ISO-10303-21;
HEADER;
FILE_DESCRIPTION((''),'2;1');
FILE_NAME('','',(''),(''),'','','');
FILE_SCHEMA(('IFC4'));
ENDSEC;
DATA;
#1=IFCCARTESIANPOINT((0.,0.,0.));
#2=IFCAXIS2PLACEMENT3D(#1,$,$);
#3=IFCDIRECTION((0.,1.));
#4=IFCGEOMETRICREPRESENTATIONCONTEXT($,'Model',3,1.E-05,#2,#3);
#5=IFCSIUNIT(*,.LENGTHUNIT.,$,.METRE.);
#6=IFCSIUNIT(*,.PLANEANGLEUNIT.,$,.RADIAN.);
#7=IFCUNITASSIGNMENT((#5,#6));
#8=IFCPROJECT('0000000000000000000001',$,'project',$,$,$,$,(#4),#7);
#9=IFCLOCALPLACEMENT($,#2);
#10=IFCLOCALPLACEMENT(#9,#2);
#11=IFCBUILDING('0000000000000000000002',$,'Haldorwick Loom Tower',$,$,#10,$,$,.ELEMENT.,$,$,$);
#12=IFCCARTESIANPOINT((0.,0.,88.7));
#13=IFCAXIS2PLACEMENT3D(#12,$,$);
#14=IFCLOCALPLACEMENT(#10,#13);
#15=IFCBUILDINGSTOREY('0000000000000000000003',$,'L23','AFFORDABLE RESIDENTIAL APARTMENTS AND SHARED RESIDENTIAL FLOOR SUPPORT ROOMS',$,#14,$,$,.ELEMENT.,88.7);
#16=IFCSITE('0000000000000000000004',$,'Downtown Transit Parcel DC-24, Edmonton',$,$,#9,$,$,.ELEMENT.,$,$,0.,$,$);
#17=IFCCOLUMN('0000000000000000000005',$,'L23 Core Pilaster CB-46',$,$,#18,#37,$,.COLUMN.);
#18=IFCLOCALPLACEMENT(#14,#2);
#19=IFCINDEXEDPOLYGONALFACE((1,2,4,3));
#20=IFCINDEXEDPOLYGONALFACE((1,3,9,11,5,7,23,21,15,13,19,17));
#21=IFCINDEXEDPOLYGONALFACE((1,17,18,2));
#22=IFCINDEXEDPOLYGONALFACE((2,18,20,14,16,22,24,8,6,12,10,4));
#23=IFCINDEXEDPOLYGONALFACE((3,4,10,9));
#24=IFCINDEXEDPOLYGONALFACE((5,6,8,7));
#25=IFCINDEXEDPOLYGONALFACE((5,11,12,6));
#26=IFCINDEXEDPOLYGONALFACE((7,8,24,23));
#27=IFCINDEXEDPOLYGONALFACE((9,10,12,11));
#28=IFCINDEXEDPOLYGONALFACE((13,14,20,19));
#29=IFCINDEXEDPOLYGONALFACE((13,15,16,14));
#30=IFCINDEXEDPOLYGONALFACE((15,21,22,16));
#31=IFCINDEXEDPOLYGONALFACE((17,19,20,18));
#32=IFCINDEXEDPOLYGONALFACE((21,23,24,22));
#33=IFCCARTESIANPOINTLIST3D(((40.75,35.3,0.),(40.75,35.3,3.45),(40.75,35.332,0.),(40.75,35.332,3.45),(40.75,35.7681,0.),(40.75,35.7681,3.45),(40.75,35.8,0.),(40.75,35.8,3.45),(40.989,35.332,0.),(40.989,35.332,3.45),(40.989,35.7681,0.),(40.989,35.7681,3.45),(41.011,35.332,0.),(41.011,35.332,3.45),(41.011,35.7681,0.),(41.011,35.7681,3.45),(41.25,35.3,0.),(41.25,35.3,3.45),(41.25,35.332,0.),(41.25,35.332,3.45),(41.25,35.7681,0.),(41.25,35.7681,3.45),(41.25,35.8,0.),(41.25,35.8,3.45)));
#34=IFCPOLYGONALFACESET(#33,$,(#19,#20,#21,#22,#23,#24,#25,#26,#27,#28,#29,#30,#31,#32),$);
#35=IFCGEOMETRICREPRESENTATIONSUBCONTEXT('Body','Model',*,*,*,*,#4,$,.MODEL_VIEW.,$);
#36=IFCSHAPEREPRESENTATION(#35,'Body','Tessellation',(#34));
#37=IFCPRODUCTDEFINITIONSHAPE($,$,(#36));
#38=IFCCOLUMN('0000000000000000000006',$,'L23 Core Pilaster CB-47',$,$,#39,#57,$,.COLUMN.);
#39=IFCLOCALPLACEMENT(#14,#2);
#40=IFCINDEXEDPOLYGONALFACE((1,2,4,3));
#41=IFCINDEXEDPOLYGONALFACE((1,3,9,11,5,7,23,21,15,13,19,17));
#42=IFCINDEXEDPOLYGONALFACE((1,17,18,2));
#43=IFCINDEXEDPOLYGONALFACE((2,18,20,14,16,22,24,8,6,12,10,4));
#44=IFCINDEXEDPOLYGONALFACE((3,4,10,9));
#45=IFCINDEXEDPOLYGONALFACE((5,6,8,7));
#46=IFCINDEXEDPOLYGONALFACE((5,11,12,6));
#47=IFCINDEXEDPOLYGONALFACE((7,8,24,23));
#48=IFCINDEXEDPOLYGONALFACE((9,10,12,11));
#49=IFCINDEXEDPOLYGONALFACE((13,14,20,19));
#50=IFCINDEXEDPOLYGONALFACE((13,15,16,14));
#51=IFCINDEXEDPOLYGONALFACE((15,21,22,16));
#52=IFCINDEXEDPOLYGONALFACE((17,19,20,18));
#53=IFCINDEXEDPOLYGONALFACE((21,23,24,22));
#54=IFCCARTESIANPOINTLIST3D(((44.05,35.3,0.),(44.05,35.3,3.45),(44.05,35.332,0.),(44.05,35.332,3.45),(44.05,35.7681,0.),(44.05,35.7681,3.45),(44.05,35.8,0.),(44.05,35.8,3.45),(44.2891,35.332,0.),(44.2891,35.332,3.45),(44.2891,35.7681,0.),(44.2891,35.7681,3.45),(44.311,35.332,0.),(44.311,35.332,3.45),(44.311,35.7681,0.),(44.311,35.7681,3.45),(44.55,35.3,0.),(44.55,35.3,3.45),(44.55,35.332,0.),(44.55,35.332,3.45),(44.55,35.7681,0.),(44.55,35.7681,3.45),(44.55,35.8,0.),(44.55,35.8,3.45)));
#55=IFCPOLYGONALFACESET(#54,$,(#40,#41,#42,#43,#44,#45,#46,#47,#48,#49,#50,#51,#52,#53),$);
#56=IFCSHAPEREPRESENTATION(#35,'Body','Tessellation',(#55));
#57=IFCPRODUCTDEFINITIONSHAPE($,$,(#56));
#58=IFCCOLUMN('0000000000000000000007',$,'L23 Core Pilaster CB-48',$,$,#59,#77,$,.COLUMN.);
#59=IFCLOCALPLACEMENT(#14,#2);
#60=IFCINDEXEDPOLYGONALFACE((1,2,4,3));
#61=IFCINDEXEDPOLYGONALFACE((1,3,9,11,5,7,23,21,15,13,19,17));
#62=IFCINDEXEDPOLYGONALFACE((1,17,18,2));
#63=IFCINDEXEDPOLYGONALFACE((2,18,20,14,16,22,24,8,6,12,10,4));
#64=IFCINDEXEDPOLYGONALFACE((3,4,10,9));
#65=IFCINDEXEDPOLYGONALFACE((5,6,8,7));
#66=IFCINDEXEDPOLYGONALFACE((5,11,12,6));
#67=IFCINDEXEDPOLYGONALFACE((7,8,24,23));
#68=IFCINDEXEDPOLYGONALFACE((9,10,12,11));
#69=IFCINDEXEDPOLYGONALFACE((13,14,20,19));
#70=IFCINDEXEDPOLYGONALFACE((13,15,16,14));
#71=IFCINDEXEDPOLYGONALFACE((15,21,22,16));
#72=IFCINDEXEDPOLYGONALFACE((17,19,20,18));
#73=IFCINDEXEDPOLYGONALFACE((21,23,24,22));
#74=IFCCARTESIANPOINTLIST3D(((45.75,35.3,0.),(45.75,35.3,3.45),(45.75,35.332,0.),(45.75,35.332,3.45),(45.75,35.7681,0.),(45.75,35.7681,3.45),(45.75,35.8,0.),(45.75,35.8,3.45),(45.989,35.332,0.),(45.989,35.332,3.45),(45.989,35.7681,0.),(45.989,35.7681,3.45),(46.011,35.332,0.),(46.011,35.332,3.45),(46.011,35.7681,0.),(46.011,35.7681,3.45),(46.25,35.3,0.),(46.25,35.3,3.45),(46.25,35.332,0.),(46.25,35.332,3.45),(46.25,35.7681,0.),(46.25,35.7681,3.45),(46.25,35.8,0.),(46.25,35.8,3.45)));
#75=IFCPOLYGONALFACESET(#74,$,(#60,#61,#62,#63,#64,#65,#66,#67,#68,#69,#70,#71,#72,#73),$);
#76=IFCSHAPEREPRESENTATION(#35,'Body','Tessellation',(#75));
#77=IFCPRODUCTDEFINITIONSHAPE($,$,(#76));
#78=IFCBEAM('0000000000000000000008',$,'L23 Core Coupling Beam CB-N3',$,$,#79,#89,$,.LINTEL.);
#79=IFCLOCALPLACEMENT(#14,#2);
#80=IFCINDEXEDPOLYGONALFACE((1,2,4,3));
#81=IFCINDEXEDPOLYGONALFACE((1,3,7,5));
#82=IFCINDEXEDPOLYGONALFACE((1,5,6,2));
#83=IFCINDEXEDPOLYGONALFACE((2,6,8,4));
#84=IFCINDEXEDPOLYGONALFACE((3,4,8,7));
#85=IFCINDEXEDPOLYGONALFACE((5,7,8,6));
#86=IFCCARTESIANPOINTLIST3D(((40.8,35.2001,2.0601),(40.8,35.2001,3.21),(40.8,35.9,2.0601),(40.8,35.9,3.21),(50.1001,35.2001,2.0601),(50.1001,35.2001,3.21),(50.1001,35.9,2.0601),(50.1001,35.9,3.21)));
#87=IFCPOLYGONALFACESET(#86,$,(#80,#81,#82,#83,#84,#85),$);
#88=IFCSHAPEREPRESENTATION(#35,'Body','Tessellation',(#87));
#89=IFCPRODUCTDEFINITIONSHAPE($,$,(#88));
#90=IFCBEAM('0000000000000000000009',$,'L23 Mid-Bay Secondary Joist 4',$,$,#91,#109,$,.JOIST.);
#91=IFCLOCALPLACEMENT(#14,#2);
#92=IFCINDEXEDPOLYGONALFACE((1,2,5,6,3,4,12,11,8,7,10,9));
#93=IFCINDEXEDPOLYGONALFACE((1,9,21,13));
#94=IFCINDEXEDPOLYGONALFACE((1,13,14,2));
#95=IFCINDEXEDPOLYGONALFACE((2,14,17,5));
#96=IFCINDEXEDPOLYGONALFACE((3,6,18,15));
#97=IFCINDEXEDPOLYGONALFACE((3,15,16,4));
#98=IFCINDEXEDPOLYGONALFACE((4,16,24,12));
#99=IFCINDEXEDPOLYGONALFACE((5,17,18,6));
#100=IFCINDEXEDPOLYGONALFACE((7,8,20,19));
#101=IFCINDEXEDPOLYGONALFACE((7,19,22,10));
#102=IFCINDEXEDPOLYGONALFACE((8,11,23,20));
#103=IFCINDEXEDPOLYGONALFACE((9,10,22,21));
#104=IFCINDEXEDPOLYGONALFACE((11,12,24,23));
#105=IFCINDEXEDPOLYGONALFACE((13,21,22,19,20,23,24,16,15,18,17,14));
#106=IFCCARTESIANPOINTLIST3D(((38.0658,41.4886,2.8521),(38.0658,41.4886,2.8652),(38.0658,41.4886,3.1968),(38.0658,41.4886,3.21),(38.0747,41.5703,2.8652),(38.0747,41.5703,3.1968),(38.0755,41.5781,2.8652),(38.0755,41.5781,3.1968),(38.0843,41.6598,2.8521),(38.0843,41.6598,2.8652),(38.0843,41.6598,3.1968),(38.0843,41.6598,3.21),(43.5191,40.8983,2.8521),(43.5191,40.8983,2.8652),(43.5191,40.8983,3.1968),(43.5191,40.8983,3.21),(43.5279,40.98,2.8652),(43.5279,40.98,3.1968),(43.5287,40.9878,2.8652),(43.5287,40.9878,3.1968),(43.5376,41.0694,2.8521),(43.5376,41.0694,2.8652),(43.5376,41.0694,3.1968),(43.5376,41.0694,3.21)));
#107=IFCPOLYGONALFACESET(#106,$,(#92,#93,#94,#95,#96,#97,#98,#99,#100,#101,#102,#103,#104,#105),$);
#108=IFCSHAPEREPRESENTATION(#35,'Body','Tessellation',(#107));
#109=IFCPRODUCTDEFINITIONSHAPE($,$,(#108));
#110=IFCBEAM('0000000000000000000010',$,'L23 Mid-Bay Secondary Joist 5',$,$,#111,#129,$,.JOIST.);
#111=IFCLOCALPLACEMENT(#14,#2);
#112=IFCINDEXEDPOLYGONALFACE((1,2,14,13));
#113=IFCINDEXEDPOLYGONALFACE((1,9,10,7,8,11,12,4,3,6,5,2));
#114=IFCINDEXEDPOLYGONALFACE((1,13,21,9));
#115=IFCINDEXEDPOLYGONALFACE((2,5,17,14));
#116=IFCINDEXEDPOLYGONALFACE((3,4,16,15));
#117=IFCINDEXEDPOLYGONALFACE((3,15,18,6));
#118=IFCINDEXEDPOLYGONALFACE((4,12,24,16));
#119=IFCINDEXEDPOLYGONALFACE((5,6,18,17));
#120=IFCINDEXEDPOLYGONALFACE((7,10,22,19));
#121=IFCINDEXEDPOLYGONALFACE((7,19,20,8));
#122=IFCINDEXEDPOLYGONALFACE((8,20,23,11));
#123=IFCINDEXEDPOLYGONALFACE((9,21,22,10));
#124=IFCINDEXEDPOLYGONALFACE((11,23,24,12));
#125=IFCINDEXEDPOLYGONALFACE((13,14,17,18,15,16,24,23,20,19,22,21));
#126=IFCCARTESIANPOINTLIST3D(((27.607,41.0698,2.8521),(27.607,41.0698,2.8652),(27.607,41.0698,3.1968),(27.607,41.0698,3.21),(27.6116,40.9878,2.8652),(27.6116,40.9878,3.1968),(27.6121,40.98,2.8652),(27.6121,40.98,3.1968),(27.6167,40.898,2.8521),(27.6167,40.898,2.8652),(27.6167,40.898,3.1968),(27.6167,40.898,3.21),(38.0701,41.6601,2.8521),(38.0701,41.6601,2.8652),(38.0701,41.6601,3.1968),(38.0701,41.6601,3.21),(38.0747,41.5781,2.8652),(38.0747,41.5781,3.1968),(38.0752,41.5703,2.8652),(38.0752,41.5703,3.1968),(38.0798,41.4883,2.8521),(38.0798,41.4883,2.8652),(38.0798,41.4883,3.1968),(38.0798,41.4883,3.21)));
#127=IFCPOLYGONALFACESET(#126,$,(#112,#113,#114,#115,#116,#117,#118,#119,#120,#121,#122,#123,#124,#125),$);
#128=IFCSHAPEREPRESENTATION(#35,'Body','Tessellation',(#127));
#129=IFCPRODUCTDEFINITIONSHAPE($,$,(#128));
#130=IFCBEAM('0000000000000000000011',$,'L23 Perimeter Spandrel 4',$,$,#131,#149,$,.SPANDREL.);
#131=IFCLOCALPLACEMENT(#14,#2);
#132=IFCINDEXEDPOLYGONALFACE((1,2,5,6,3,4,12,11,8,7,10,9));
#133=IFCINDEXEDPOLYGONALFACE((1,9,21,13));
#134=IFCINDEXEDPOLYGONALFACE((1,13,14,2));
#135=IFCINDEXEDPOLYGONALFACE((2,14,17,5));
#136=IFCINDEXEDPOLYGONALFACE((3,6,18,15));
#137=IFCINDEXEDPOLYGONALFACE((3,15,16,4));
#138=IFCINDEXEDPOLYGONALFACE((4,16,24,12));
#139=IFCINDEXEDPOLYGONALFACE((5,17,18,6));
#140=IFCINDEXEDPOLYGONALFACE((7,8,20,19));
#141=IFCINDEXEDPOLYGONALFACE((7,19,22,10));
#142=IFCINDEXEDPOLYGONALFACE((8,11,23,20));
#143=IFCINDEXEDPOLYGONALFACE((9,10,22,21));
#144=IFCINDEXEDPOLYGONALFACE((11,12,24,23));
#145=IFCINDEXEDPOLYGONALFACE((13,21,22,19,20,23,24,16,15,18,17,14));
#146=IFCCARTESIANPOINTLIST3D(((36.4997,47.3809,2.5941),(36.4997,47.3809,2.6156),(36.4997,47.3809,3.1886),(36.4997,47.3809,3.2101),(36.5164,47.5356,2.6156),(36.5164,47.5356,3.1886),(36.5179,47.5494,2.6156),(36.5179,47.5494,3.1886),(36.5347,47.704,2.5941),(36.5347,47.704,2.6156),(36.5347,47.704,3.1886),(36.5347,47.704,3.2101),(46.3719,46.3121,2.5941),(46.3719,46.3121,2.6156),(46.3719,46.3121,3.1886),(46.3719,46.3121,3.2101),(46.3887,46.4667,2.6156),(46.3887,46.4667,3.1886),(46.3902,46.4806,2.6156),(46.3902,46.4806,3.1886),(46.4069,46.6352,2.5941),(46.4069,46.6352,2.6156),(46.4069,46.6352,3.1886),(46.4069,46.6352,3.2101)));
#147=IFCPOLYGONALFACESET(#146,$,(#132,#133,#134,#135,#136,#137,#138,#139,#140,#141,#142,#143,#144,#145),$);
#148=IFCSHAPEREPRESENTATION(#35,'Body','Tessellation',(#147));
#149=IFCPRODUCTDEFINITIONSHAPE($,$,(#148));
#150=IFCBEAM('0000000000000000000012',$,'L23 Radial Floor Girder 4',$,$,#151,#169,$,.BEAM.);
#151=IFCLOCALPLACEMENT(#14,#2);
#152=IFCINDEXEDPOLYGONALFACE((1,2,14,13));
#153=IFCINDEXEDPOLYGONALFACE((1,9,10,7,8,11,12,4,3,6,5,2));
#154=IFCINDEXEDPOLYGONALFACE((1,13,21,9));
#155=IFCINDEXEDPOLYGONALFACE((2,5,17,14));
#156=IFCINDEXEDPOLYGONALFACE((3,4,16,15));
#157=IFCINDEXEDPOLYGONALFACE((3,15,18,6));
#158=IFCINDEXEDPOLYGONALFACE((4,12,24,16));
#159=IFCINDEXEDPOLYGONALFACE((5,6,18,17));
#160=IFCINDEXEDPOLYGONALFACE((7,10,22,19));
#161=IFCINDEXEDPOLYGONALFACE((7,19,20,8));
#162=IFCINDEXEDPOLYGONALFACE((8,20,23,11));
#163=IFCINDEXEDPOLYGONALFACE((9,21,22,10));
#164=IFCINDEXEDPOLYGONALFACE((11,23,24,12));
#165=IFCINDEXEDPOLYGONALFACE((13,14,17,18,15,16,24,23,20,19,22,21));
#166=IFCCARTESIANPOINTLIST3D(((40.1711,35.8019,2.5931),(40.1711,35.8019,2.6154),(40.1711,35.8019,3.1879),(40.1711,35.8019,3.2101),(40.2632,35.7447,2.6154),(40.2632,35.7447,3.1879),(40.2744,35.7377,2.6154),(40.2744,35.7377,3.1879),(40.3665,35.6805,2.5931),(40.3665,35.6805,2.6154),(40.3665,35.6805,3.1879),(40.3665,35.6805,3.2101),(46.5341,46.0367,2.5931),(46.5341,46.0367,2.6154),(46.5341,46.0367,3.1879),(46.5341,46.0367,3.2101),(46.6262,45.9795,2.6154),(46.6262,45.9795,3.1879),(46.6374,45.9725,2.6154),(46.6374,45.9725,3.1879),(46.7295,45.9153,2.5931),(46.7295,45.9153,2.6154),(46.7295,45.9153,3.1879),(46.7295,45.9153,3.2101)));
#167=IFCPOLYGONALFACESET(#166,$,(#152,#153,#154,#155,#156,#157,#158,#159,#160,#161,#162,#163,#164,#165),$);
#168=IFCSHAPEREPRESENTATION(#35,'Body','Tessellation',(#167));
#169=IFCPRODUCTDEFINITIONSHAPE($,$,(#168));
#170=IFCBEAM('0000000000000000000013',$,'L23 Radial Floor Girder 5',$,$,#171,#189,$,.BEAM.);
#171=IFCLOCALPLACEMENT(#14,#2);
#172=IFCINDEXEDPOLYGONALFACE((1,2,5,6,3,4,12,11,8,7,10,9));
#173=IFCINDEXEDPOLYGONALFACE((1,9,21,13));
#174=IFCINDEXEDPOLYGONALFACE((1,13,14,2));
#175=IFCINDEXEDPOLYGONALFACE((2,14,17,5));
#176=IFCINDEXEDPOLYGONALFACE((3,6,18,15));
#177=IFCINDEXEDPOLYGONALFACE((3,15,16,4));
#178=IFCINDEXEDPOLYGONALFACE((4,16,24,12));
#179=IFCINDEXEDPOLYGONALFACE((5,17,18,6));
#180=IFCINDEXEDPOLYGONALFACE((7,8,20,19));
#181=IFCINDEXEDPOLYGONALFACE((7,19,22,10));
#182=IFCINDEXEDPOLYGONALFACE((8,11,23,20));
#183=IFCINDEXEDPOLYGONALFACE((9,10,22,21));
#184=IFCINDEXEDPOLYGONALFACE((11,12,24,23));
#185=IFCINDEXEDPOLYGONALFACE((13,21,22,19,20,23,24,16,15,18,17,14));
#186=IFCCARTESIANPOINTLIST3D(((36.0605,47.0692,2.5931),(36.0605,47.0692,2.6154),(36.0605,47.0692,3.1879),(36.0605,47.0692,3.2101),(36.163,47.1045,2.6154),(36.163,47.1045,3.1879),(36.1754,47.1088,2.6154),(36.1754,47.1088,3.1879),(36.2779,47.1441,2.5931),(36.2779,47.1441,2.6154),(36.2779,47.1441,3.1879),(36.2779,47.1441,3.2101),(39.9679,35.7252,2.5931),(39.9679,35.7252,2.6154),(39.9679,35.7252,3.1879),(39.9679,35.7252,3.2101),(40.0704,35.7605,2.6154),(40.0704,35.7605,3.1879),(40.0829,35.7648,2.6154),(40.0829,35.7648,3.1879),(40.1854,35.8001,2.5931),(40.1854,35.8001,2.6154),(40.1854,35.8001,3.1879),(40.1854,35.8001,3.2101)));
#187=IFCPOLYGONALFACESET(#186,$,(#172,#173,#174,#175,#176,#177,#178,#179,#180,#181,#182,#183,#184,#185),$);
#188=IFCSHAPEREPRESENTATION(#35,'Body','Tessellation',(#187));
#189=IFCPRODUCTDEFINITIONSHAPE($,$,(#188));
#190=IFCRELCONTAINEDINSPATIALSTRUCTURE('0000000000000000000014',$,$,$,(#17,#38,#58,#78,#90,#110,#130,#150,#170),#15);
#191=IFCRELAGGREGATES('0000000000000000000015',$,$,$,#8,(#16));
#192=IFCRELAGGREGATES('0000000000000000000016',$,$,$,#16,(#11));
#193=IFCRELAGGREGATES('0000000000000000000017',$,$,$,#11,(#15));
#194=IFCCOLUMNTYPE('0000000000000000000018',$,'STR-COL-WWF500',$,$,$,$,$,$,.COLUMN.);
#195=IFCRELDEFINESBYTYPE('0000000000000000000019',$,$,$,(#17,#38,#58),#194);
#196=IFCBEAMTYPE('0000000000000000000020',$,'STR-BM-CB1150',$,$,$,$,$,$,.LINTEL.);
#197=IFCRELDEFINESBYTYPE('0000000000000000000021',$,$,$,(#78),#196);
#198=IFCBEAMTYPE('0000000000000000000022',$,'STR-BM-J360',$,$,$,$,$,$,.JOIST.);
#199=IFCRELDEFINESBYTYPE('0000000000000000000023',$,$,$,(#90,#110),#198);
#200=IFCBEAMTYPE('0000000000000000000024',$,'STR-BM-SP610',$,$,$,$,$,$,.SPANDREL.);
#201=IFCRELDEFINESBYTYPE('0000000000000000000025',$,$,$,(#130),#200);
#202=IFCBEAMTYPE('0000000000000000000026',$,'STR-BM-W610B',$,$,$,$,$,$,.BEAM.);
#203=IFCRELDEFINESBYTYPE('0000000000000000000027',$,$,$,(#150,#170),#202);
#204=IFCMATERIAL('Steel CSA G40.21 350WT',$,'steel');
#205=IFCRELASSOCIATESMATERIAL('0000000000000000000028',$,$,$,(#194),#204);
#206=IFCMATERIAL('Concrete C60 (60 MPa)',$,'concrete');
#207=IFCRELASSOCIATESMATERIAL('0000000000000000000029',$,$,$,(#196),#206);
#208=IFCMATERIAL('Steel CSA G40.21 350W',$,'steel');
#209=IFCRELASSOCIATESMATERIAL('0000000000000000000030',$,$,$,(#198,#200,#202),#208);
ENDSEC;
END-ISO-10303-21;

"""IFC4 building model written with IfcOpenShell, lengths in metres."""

from ifc_helpers import new_model, si_unit, direction, frame, origin, origin_2d, place, context, subcontext, project, spatial, rectangle, i_section, extrude, material, material_profile, profile_set, type_object, element, save


model = new_model("IFC4")

# Units and contexts
model_context = context("Model", 3, precision=1e-05, world=origin(), true_north=direction((0.0, 1.0)))
body_context = subcontext(model_context, "Body", "Model", "MODEL_VIEW")
ifc_project = project(units=[si_unit("LENGTHUNIT", "METRE"), si_unit("PLANEANGLEUNIT", "RADIAN")], contexts=[model_context])

# Site, building, storey
site_placement = place(None, origin())
site = spatial("IfcSite", under=ifc_project, at=site_placement, Name="Downtown Transit Parcel DC-24, Edmonton", CompositionType="ELEMENT", RefElevation=0.0)
building_placement = place(site_placement, origin())
building = spatial("IfcBuilding", under=site, at=building_placement, Name="Haldorwick Loom Tower", CompositionType="ELEMENT")
storey_placement = place(building_placement, frame((0.0, 0.0, 88.7)))
storey = spatial("IfcBuildingStorey", under=building, at=storey_placement, Name="L23", Description="AFFORDABLE RESIDENTIAL APARTMENTS AND SHARED RESIDENTIAL FLOOR SUPPORT ROOMS", CompositionType="ELEMENT", Elevation=88.7)

# Columns
ifc_material_1 = material(Name="Concrete C60 (60 MPa)", Category="concrete")
ifc_material_2 = material(Name="Steel CSA G40.21 350WT", Category="steel")
ifc_material_profile_1 = material_profile(ifc_material_2, i_section(OverallWidth=0.5, OverallDepth=0.5, WebThickness=0.022, FlangeThickness=0.032, at=origin_2d()), Name="WWF500X500", Category="steel")
ifc_profile_set_1 = profile_set([ifc_material_profile_1], Name="Steel CSA G40.21 350WT")
column_type_1 = type_object("IfcColumnType", Name="STR-COL-WWF500", PredefinedType="COLUMN", material=ifc_profile_set_1)
for number, where, z_axis, x_axis, name in (
    (1, (41.0, 35.55, 0.0), (0.0, 0.0, 1.0), (1.0, 0.0, 0.0), "L23 Core Pilaster CB-46"),
    (2, (44.3, 35.55, 0.0), (0.0, 0.0, 1.0), (1.0, 0.0, 0.0), "L23 Core Pilaster CB-47"),
    (3, (46.0, 35.55, 0.0), (0.0, 0.0, 1.0), (1.0, 0.0, 0.0), "L23 Core Pilaster CB-48"),
):
    element("IfcColumn", number, at=place(storey_placement, frame(where, z_axis=z_axis, x_axis=x_axis)), inside=storey, type_object=column_type_1, Name=name, PredefinedType="COLUMN", context=body_context, shape_type="SweptSolid", body=[
        extrude(i_section(OverallWidth=0.5, OverallDepth=0.5, WebThickness=0.022, FlangeThickness=0.032, at=origin_2d()), origin(), (0.0, 0.0, 1.0), 3.45),
    ])

# Beams
ifc_material_profile_2 = material_profile(ifc_material_1, rectangle(XDim=0.7, YDim=1.1499, at=origin_2d()), Name="RC700X1150", Category="concrete")
ifc_profile_set_2 = profile_set([ifc_material_profile_2], Name="Concrete C60 (60 MPa)")
beam_type_1 = type_object("IfcBeamType", Name="STR-BM-CB1150", PredefinedType="LINTEL", material=ifc_profile_set_2)
beam_1_placement = place(storey_placement, frame((40.8, 35.55, 2.635), z_axis=(1.0, 0.0, 0.0), x_axis=(0.0, 1.0, 0.0)))
element("IfcBeam", 4, at=beam_1_placement, inside=storey, type_object=beam_type_1, Name="L23 Core Coupling Beam CB-N3", PredefinedType="LINTEL", context=body_context, shape_type="SweptSolid", body=[
    extrude(rectangle(XDim=0.7, YDim=1.1499, at=origin_2d()), origin(), (0.0, 0.0, 1.0), 9.3),
])
ifc_material_3 = material(Name="Steel CSA G40.21 350W", Category="steel")
ifc_material_profile_3 = material_profile(ifc_material_3, i_section(OverallWidth=0.1721, OverallDepth=0.3579, WebThickness=0.0078, FlangeThickness=0.0132, at=origin_2d()), Name="W360X57", Category="steel")
ifc_profile_set_3 = profile_set([ifc_material_profile_3], Name="Steel CSA G40.21 350W")
beam_type_2 = type_object("IfcBeamType", Name="STR-BM-J360", PredefinedType="JOIST", material=ifc_profile_set_3)
beam_2_placement = place(storey_placement, frame((43.5283, 40.9839, 3.031), z_axis=(-0.994192, 0.107622, 0.0), x_axis=(-0.107622, -0.994192, 0.0)))
element("IfcBeam", 5, at=beam_2_placement, inside=storey, type_object=beam_type_2, Name="L23 Mid-Bay Secondary Joist 4", PredefinedType="JOIST", context=body_context, shape_type="SweptSolid", body=[
    extrude(i_section(OverallWidth=0.1721, OverallDepth=0.3579, WebThickness=0.0078, FlangeThickness=0.0132, at=origin_2d()), origin(), (0.0, 0.0, 1.0), 5.4851),
])
beam_3_placement = place(storey_placement, frame((38.075, 41.5742, 3.031), z_axis=(-0.998412, -0.056331, 0.0), x_axis=(0.056331, -0.998412, 0.0)))
element("IfcBeam", 6, at=beam_3_placement, inside=storey, type_object=beam_type_2, Name="L23 Mid-Bay Secondary Joist 5", PredefinedType="JOIST", context=body_context, shape_type="SweptSolid", body=[
    extrude(i_section(OverallWidth=0.1721, OverallDepth=0.3579, WebThickness=0.0078, FlangeThickness=0.0132, at=origin_2d()), origin(), (0.0, 0.0, 1.0), 10.4797),
])
ifc_material_profile_4 = material_profile(ifc_material_3, i_section(OverallWidth=0.325, OverallDepth=0.616, WebThickness=0.0139, FlangeThickness=0.0215, at=origin_2d()), Name="W610X174", Category="steel")
ifc_profile_set_4 = profile_set([ifc_material_profile_4], Name="Steel CSA G40.21 350W")
beam_type_3 = type_object("IfcBeamType", Name="STR-BM-SP610", PredefinedType="SPANDREL", material=ifc_profile_set_4)
beam_4_placement = place(storey_placement, frame((46.3894, 46.4736, 2.9021), z_axis=(-0.99419, 0.107638, 0.0), x_axis=(-0.107638, -0.99419, 0.0)))
element("IfcBeam", 7, at=beam_4_placement, inside=storey, type_object=beam_type_3, Name="L23 Perimeter Spandrel 4", PredefinedType="SPANDREL", context=body_context, shape_type="SweptSolid", body=[
    extrude(i_section(OverallWidth=0.325, OverallDepth=0.616, WebThickness=0.0139, FlangeThickness=0.0215, at=origin_2d()), origin(), (0.0, 0.0, 1.0), 9.9299),
])
ifc_material_profile_5 = material_profile(ifc_material_3, i_section(OverallWidth=0.23, OverallDepth=0.6169, WebThickness=0.0132, FlangeThickness=0.0222, at=origin_2d()), Name="W610X140", Category="steel")
ifc_profile_set_5 = profile_set([ifc_material_profile_5], Name="Steel CSA G40.21 350W")
beam_type_4 = type_object("IfcBeamType", Name="STR-BM-W610B", PredefinedType="BEAM", material=ifc_profile_set_5)
beam_5_placement = place(storey_placement, frame((40.2688, 35.7412, 2.9016), z_axis=(0.527983, 0.849255, 0.0), x_axis=(-0.849255, 0.527983, 0.0)))
element("IfcBeam", 8, at=beam_5_placement, inside=storey, type_object=beam_type_4, Name="L23 Radial Floor Girder 4", PredefinedType="BEAM", context=body_context, shape_type="SweptSolid", body=[
    extrude(i_section(OverallWidth=0.23, OverallDepth=0.6169, WebThickness=0.0132, FlangeThickness=0.0222, at=origin_2d()), origin(), (0.0, 0.0, 1.0), 12.0515),
])
beam_6_placement = place(storey_placement, frame((40.0767, 35.7627, 2.9016), z_axis=(-0.325674, 0.945482, 0.0), x_axis=(-0.945482, -0.325674, 0.0)))
element("IfcBeam", 9, at=beam_6_placement, inside=storey, type_object=beam_type_4, Name="L23 Radial Floor Girder 5", PredefinedType="BEAM", context=body_context, shape_type="SweptSolid", body=[
    extrude(i_section(OverallWidth=0.23, OverallDepth=0.6169, WebThickness=0.0132, FlangeThickness=0.0222, at=origin_2d()), origin(), (0.0, 0.0, 1.0), 11.998),
])

save(model, "model.ifc")
